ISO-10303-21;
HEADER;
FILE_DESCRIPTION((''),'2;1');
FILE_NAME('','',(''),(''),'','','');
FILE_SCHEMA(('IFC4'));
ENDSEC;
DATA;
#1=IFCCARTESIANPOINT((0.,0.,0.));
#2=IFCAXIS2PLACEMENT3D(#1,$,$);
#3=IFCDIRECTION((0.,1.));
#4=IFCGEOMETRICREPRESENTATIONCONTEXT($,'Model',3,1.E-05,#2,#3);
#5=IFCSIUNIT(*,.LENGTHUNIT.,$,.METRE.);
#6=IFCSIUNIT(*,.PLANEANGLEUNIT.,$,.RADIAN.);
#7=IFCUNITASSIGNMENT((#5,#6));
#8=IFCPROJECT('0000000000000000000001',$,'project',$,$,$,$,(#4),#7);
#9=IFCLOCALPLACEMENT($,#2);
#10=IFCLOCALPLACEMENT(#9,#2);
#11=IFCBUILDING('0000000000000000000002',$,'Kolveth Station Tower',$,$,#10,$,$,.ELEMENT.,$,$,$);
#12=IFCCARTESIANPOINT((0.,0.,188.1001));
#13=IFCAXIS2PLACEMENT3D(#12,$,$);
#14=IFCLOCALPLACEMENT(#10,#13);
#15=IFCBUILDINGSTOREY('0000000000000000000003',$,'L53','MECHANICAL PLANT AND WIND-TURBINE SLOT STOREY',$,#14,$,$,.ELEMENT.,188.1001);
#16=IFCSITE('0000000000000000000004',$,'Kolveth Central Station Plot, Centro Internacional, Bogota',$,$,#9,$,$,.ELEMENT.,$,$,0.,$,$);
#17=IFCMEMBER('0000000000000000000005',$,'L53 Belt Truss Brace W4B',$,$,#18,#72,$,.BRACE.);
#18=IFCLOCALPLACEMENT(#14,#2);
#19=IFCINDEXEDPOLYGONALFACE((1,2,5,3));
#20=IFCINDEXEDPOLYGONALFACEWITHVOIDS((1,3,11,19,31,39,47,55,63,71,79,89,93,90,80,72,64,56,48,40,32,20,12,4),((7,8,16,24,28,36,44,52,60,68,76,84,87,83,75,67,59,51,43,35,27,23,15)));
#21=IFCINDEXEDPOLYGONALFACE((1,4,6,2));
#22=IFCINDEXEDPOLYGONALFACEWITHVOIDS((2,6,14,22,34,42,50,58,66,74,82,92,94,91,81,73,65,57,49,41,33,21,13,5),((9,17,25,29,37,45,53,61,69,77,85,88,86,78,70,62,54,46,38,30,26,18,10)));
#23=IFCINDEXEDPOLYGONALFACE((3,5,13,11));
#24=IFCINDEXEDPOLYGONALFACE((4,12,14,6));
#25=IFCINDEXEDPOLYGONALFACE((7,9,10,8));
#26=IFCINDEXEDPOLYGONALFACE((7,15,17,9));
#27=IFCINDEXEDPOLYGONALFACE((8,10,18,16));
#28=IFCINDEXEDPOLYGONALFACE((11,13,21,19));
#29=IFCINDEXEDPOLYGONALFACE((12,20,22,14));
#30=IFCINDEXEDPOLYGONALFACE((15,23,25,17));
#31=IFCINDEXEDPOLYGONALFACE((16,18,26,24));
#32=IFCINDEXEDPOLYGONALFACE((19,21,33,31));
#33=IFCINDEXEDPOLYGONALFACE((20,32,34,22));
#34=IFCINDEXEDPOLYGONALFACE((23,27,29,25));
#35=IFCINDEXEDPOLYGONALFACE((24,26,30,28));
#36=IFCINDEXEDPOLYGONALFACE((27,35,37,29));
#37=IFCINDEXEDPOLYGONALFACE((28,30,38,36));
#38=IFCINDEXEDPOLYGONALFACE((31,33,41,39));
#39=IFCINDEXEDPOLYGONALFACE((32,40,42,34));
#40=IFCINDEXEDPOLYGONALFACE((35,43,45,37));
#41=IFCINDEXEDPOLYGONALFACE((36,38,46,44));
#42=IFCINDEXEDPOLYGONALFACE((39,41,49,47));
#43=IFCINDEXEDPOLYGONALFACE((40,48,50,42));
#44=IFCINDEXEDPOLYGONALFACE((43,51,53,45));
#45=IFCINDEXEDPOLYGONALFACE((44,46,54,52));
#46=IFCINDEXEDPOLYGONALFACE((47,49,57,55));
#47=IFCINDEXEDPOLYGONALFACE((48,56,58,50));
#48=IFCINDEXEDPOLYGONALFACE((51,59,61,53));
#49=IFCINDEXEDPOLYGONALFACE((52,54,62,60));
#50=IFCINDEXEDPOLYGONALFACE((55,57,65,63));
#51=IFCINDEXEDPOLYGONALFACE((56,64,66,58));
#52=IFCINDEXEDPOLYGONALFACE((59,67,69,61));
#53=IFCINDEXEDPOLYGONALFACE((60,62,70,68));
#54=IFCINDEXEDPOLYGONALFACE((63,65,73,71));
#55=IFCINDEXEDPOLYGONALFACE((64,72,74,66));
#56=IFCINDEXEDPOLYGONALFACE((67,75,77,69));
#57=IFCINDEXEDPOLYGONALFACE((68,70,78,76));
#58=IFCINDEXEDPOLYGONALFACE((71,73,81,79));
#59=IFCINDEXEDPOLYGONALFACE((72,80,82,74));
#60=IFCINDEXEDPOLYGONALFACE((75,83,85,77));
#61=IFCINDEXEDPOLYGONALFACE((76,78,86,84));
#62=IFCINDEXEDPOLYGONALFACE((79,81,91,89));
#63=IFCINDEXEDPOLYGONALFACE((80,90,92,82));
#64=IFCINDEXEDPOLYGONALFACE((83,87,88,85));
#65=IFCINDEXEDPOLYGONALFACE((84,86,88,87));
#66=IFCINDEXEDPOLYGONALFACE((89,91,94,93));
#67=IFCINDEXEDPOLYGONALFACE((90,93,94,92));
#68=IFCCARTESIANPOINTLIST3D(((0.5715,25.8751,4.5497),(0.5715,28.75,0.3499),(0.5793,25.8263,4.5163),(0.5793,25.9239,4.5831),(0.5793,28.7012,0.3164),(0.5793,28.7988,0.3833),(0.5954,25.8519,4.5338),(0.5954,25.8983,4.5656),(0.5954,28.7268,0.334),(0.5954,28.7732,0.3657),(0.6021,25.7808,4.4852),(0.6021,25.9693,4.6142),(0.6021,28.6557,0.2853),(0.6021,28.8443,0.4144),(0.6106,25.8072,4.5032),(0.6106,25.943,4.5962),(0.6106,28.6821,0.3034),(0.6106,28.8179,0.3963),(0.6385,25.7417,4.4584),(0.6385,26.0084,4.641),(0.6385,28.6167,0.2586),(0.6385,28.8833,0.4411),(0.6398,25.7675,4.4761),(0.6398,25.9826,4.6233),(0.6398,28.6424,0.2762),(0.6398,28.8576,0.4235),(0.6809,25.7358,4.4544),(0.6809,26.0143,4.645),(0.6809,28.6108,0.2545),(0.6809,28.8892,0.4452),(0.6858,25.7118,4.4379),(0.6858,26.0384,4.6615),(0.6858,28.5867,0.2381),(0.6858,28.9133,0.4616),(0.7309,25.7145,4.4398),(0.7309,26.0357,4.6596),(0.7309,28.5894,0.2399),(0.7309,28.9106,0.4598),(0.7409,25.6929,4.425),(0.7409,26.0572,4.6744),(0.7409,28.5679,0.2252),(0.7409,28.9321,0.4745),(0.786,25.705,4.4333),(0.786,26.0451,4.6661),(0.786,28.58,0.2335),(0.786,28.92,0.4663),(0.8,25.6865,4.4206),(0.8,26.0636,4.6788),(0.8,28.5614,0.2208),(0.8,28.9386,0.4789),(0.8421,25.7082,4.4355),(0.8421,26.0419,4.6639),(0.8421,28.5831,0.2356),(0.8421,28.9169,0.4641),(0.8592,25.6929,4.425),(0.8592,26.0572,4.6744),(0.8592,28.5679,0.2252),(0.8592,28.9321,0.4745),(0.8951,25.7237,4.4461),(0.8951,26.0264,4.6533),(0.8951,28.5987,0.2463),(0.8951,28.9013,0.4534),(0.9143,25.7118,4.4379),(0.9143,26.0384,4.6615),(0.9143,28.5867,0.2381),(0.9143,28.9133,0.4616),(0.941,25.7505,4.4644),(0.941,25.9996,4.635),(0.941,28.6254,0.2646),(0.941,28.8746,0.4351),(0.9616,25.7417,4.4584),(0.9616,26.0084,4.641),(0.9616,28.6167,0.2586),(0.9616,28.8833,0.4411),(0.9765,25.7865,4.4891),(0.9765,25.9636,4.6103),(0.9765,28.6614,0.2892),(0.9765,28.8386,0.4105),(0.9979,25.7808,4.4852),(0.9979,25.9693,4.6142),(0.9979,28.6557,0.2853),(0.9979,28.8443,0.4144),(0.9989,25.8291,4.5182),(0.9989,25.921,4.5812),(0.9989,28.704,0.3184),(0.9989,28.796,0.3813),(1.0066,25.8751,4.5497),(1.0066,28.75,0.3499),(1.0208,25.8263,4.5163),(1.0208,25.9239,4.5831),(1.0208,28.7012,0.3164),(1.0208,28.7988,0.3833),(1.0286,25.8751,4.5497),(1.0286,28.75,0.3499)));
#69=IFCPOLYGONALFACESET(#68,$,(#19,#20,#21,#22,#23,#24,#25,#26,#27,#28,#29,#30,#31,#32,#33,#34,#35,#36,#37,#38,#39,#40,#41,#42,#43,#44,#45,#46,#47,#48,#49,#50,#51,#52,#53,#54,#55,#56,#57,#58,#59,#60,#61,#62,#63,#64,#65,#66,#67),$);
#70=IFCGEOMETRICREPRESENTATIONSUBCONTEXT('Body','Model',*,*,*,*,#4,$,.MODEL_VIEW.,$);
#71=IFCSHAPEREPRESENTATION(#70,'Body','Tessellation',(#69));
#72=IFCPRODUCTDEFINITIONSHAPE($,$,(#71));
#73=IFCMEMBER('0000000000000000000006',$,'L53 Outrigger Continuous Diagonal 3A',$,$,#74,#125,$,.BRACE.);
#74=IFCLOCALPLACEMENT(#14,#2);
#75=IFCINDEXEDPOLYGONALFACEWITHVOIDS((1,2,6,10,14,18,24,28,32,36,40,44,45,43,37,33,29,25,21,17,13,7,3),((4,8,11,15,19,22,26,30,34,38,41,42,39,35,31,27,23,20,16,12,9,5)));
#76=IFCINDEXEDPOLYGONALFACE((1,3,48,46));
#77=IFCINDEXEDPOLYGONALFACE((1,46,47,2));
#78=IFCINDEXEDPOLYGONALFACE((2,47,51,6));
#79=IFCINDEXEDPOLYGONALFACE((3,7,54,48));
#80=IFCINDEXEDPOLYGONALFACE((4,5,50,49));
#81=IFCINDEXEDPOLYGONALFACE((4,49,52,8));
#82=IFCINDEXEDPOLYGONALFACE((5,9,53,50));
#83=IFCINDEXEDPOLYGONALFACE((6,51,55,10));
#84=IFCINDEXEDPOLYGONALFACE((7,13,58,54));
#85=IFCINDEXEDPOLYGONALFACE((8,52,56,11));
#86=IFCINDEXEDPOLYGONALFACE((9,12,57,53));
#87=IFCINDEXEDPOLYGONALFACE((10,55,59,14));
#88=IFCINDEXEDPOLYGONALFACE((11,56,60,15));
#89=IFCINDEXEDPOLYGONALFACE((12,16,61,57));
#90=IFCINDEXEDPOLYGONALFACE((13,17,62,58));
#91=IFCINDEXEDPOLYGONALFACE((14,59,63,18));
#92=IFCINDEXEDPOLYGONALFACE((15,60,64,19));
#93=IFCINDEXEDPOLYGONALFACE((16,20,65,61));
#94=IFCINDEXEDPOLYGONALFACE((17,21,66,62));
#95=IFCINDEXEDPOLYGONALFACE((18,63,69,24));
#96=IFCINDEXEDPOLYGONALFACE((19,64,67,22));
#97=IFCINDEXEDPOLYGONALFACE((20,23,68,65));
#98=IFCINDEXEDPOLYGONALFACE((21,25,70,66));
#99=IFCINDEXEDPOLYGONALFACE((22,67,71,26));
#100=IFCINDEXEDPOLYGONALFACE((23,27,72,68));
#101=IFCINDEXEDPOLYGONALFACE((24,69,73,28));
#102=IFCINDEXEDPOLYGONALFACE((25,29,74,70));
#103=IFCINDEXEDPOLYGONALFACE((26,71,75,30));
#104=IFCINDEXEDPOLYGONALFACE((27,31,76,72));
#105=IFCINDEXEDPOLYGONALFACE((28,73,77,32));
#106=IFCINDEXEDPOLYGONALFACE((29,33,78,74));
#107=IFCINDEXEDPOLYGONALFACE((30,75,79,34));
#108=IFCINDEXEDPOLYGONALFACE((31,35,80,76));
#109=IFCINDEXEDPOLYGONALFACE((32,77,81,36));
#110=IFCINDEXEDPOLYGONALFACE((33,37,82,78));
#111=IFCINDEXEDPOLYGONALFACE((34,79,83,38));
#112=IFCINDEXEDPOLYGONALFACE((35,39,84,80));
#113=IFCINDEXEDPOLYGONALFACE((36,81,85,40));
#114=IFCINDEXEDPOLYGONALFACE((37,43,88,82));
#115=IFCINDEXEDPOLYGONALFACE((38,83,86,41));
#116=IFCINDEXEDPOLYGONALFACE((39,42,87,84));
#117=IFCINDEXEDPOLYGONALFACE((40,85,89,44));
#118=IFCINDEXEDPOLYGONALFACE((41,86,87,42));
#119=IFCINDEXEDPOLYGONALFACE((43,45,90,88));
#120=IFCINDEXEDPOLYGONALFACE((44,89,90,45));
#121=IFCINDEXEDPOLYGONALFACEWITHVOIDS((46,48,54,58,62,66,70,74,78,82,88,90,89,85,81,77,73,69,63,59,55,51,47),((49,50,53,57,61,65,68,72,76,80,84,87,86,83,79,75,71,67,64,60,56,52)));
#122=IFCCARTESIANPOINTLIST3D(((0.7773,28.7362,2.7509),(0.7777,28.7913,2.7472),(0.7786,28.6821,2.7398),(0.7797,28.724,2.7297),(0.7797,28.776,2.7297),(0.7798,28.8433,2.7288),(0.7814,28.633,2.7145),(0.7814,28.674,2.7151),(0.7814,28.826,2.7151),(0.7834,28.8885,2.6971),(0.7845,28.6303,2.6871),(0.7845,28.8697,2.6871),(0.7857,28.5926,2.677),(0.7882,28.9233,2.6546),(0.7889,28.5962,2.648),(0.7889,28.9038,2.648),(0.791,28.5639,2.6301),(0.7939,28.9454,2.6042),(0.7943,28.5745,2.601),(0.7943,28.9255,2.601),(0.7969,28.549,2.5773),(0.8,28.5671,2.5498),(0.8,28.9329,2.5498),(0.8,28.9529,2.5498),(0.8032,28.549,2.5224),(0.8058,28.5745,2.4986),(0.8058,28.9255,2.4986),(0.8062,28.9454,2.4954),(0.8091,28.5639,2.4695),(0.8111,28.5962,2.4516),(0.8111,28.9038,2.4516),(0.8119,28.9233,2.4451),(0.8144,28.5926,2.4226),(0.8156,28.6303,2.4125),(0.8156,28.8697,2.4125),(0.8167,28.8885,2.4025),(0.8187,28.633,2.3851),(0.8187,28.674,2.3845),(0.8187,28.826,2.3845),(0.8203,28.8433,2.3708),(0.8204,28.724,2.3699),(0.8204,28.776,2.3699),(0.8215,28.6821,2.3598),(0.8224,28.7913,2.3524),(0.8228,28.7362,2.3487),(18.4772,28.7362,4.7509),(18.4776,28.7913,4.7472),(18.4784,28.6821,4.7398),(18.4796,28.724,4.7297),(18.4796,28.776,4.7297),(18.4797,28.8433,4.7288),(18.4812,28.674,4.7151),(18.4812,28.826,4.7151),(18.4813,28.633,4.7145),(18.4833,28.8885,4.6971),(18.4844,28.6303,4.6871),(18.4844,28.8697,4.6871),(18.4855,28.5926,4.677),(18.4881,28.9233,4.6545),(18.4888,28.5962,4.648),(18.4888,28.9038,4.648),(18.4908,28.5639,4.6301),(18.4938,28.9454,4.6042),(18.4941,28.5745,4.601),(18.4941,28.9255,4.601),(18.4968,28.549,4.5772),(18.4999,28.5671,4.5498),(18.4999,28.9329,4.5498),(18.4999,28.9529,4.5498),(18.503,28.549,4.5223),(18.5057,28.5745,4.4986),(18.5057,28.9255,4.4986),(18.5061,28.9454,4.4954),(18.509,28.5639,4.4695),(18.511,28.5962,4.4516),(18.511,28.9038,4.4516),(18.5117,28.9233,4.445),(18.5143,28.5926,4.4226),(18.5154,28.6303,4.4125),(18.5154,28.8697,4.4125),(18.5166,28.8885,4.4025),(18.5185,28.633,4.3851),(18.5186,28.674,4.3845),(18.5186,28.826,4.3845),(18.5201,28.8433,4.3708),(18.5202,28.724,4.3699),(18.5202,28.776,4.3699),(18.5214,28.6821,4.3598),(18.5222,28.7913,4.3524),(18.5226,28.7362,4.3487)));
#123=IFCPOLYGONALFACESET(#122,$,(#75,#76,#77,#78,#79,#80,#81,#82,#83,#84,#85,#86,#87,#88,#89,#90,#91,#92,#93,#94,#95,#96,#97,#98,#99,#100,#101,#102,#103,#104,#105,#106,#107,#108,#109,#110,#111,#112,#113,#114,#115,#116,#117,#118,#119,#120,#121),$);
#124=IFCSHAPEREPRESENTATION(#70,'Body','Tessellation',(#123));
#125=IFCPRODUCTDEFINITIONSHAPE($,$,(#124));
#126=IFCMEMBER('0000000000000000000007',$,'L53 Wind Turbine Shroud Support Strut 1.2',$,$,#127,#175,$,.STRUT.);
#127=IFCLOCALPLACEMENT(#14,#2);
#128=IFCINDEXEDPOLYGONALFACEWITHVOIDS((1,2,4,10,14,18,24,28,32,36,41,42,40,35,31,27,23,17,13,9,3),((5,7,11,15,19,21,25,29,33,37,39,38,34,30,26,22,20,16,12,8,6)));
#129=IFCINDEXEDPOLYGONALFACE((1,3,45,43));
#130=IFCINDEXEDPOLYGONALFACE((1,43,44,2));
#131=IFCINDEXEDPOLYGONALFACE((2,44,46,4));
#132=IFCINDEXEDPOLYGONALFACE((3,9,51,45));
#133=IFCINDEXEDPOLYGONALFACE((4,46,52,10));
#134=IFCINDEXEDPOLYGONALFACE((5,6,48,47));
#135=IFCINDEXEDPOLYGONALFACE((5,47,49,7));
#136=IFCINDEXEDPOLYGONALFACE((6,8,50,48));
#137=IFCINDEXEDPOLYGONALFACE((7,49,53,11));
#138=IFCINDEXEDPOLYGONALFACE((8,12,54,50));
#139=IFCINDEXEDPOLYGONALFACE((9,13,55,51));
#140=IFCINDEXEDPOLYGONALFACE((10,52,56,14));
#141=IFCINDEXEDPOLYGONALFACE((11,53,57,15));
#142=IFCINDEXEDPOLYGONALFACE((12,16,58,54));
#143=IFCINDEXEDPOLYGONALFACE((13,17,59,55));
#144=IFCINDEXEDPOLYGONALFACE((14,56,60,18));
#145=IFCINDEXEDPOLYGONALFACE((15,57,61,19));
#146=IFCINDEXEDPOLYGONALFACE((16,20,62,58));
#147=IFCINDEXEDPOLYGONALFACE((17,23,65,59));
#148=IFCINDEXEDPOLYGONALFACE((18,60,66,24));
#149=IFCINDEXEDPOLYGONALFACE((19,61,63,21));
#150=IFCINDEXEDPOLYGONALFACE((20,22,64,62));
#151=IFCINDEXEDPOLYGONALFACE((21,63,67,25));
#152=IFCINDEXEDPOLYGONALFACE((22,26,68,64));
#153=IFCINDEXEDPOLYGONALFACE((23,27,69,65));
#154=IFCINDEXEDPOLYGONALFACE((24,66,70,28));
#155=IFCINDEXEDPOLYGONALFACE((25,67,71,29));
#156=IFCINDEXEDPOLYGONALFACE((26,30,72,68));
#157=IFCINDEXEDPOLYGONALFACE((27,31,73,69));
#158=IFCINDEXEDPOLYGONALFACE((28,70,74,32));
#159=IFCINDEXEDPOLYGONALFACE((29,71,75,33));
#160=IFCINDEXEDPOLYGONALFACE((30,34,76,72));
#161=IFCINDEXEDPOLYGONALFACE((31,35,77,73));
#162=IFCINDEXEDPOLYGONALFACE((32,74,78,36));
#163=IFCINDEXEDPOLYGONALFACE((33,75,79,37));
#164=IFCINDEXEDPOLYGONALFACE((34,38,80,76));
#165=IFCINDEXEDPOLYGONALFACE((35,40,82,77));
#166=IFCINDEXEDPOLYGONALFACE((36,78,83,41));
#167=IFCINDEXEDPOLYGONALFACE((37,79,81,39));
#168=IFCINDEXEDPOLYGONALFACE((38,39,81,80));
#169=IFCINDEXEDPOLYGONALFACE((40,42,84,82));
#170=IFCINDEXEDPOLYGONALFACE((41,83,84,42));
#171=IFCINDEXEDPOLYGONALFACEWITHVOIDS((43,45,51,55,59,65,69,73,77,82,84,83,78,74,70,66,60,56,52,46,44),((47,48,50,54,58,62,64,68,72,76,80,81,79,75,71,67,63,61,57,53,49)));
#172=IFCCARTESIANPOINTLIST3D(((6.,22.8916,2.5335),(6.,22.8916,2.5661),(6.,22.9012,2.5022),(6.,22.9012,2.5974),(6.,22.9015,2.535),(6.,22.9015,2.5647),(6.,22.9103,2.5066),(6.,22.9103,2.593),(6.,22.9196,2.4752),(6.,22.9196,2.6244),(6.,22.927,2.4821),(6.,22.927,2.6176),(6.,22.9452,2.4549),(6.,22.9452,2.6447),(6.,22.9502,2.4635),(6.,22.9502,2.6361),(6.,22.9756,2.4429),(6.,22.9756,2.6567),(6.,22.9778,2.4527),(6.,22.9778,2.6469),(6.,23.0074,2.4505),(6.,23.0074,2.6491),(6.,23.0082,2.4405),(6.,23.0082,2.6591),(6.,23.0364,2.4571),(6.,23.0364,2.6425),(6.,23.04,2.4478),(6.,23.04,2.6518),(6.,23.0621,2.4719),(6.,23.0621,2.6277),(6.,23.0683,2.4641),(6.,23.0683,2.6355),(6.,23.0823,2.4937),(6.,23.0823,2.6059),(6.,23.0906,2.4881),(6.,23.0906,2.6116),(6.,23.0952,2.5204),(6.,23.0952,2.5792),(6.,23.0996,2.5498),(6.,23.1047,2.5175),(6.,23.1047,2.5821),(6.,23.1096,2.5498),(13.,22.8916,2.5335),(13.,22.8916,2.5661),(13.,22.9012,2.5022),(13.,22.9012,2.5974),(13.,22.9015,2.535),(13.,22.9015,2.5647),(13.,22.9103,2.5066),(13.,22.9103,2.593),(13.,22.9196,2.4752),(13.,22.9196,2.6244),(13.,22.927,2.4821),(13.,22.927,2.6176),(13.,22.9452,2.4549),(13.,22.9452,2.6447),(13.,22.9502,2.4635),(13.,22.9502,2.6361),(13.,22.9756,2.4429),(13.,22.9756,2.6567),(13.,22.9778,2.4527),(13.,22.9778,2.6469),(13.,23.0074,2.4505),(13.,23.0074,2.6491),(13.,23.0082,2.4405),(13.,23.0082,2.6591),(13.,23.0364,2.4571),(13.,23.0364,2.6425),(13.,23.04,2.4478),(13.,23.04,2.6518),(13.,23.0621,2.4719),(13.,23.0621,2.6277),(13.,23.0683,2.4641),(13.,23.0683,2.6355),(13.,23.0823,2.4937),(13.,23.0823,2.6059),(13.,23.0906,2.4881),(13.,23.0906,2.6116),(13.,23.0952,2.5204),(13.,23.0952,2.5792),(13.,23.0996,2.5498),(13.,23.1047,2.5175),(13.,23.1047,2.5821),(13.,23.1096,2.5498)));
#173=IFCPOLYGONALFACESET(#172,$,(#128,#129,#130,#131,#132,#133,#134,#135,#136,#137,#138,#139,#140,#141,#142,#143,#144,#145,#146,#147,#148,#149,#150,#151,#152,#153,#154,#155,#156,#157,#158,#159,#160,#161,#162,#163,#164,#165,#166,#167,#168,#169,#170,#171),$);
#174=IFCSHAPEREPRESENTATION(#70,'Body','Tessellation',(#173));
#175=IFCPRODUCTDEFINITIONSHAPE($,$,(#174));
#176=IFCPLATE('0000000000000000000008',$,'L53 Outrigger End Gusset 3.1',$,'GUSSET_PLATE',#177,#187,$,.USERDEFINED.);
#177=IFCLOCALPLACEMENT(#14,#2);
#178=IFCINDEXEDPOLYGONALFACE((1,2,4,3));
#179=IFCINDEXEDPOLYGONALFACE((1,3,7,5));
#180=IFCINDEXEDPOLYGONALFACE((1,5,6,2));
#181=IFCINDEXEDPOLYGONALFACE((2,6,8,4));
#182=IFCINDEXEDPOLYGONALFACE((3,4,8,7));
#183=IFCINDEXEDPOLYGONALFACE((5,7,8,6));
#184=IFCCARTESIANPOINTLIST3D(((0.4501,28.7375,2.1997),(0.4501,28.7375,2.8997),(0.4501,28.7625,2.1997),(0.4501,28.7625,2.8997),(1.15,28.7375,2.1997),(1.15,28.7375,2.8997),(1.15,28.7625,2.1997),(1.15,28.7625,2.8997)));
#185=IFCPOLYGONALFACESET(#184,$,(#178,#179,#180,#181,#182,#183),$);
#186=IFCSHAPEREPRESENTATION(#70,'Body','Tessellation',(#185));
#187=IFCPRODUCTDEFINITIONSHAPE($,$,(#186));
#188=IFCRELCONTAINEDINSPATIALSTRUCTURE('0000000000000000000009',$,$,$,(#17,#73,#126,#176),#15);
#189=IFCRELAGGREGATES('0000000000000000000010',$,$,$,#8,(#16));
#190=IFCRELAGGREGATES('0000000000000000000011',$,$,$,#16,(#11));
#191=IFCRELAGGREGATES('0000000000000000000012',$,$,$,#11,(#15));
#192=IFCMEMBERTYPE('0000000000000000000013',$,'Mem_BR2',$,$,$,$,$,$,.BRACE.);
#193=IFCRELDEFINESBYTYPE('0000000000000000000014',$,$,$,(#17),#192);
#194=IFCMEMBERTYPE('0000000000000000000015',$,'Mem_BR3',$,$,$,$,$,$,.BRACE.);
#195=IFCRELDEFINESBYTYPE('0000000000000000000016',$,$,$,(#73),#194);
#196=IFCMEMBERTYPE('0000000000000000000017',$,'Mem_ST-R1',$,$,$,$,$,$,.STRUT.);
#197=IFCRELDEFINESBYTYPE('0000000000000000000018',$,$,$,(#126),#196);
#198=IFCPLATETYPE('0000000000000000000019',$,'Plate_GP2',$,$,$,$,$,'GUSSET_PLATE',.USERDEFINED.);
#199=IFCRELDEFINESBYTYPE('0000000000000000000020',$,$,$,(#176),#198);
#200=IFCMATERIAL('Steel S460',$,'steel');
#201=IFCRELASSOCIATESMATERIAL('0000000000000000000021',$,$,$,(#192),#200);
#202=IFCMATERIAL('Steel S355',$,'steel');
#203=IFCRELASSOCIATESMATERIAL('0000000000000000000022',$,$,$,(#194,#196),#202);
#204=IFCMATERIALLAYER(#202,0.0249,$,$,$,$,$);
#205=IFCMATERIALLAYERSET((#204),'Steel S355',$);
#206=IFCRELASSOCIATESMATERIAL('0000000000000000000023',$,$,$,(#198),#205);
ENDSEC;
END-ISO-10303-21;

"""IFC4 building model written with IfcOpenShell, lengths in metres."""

from ifc_helpers import new_model, si_unit, direction, frame, origin, origin_2d, place, context, subcontext, project, spatial, rectangle, hollow_circle, extrude, source, transform, mapped, material, layer, layer_set, material_profile, profile_set, type_object, element, save


model = new_model("IFC4")

# Units and contexts
model_context = context("Model", 3, precision=1e-05, world=origin(), true_north=direction((0.0, 1.0)))
body_context = subcontext(model_context, "Body", "Model", "MODEL_VIEW")
ifc_project = project(units=[si_unit("LENGTHUNIT", "METRE"), si_unit("PLANEANGLEUNIT", "RADIAN")], contexts=[model_context])

# Site, building, storey
site_placement = place(None, origin())
site = spatial("IfcSite", under=ifc_project, at=site_placement, Name="Kolveth Central Station Plot, Centro Internacional, Bogota", CompositionType="ELEMENT", RefElevation=0.0)
building_placement = place(site_placement, origin())
building = spatial("IfcBuilding", under=site, at=building_placement, Name="Kolveth Station Tower", CompositionType="ELEMENT")
storey_placement = place(building_placement, frame((0.0, 0.0, 188.1001)))
storey = spatial("IfcBuildingStorey", under=building, at=storey_placement, Name="L53", Description="MECHANICAL PLANT AND WIND-TURBINE SLOT STOREY", CompositionType="ELEMENT", Elevation=188.1001)

# Shared definitions
ifc_material_1 = material(Name="Steel S355", Category="steel")

# Members
ifc_material_2 = material(Name="Steel S460", Category="steel")
ifc_material_profile_1 = material_profile(ifc_material_2, hollow_circle(Radius=0.2285, WallThickness=0.022, at=origin_2d()), Name="CHS457x22")
ifc_profile_set_1 = profile_set([ifc_material_profile_1], Name="Steel S460")
member_type_1 = type_object("IfcMemberType", Name="Mem_BR2", PredefinedType="BRACE", material=ifc_profile_set_1)
shared_shape_1 = source(origin(), body_context, "Body", "SweptSolid", [
    extrude(hollow_circle(Radius=0.2285, WallThickness=0.022, at=origin_2d()), origin(), (0.0, 0.0, 1.0), 5.0896),
])
for number, where, z_axis, x_axis, name in (
    (1, (0.8, 28.75, 0.3499), (0.0, -0.564864, 0.825184), (1.0, 0.0, 0.0), "L53 Belt Truss Brace W4B"),
):
    element("IfcMember", number, at=place(storey_placement, frame(where, z_axis=z_axis, x_axis=x_axis)), inside=storey, type_object=member_type_1, Name=name, PredefinedType="BRACE", context=body_context, shape_type="MappedRepresentation", body=[
        mapped(shared_shape_1, transform((0.0, 0.0, 0.0), x_axis=(1.0, 0.0, 0.0), y_axis=(0.0, 1.0, 0.0), z_axis=(0.0, 0.0, 1.0), scale=1.0)),
    ])
ifc_material_profile_2 = material_profile(ifc_material_1, hollow_circle(Radius=0.2029, WallThickness=0.02, at=origin_2d()), Name="CHS406x20")
ifc_profile_set_2 = profile_set([ifc_material_profile_2], Name="Steel S355")
member_type_2 = type_object("IfcMemberType", Name="Mem_BR3", PredefinedType="BRACE", material=ifc_profile_set_2)
shared_shape_2 = source(origin(), body_context, "Body", "SweptSolid", [
    extrude(hollow_circle(Radius=0.2029, WallThickness=0.02, at=origin_2d()), origin(), (0.0, 0.0, 1.0), 17.8125),
])
member_1_placement = place(storey_placement, frame((0.8, 28.75, 2.5498), z_axis=(0.993677, 0.0, 0.11228), x_axis=(0.0, 1.0, 0.0)))
element("IfcMember", 2, at=member_1_placement, inside=storey, type_object=member_type_2, Name="L53 Outrigger Continuous Diagonal 3A", PredefinedType="BRACE", context=body_context, shape_type="MappedRepresentation", body=[
    mapped(shared_shape_2, transform((0.0, 0.0, 0.0), x_axis=(1.0, 0.0, 0.0), y_axis=(0.0, 1.0, 0.0), z_axis=(0.0, 0.0, 1.0), scale=1.0)),
])
ifc_material_profile_3 = material_profile(ifc_material_1, hollow_circle(Radius=0.1096, WallThickness=0.01, at=origin_2d()), Name="CHS219x10")
ifc_profile_set_3 = profile_set([ifc_material_profile_3], Name="Steel S355")
member_type_3 = type_object("IfcMemberType", Name="Mem_ST-R1", PredefinedType="STRUT", material=ifc_profile_set_3)
shared_shape_3 = source(origin(), body_context, "Body", "SweptSolid", [
    extrude(hollow_circle(Radius=0.1096, WallThickness=0.01, at=origin_2d()), origin(), (0.0, 0.0, 1.0), 7.0),
])
member_2_placement = place(storey_placement, frame((6.0, 23.0, 2.5498), z_axis=(1.0, 0.0, 0.0), x_axis=(0.0, 1.0, 0.0)))
element("IfcMember", 3, at=member_2_placement, inside=storey, type_object=member_type_3, Name="L53 Wind Turbine Shroud Support Strut 1.2", PredefinedType="STRUT", context=body_context, shape_type="MappedRepresentation", body=[
    mapped(shared_shape_3, transform((0.0, 0.0, 0.0), x_axis=(1.0, 0.0, 0.0), y_axis=(0.0, 1.0, 0.0), z_axis=(0.0, 0.0, 1.0), scale=1.0)),
])

# Plate
ifc_layer_1 = layer(ifc_material_1, 0.0249)
ifc_layer_set_1 = layer_set([ifc_layer_1], Name="Steel S355")
plate_type_1 = type_object("IfcPlateType", Name="Plate_GP2", ElementType="GUSSET_PLATE", PredefinedType="USERDEFINED", material=ifc_layer_set_1)
shared_shape_4 = source(origin(), body_context, "Body", "SweptSolid", [
    extrude(rectangle(XDim=0.7, YDim=0.0249, at=origin_2d()), origin(), (0.0, 0.0, 1.0), 0.7),
])
plate_placement = place(storey_placement, frame((0.8, 28.75, 2.1997), z_axis=(0.0, 0.0, 1.0), x_axis=(1.0, 0.0, 0.0)))
element("IfcPlate", 4, at=plate_placement, inside=storey, type_object=plate_type_1, Name="L53 Outrigger End Gusset 3.1", ObjectType="GUSSET_PLATE", PredefinedType="USERDEFINED", context=body_context, shape_type="MappedRepresentation", body=[
    mapped(shared_shape_4, transform((0.0, 0.0, 0.0), x_axis=(1.0, 0.0, 0.0), y_axis=(0.0, 1.0, 0.0), z_axis=(0.0, 0.0, 1.0), scale=1.0)),
])

save(model, "model.ifc")
